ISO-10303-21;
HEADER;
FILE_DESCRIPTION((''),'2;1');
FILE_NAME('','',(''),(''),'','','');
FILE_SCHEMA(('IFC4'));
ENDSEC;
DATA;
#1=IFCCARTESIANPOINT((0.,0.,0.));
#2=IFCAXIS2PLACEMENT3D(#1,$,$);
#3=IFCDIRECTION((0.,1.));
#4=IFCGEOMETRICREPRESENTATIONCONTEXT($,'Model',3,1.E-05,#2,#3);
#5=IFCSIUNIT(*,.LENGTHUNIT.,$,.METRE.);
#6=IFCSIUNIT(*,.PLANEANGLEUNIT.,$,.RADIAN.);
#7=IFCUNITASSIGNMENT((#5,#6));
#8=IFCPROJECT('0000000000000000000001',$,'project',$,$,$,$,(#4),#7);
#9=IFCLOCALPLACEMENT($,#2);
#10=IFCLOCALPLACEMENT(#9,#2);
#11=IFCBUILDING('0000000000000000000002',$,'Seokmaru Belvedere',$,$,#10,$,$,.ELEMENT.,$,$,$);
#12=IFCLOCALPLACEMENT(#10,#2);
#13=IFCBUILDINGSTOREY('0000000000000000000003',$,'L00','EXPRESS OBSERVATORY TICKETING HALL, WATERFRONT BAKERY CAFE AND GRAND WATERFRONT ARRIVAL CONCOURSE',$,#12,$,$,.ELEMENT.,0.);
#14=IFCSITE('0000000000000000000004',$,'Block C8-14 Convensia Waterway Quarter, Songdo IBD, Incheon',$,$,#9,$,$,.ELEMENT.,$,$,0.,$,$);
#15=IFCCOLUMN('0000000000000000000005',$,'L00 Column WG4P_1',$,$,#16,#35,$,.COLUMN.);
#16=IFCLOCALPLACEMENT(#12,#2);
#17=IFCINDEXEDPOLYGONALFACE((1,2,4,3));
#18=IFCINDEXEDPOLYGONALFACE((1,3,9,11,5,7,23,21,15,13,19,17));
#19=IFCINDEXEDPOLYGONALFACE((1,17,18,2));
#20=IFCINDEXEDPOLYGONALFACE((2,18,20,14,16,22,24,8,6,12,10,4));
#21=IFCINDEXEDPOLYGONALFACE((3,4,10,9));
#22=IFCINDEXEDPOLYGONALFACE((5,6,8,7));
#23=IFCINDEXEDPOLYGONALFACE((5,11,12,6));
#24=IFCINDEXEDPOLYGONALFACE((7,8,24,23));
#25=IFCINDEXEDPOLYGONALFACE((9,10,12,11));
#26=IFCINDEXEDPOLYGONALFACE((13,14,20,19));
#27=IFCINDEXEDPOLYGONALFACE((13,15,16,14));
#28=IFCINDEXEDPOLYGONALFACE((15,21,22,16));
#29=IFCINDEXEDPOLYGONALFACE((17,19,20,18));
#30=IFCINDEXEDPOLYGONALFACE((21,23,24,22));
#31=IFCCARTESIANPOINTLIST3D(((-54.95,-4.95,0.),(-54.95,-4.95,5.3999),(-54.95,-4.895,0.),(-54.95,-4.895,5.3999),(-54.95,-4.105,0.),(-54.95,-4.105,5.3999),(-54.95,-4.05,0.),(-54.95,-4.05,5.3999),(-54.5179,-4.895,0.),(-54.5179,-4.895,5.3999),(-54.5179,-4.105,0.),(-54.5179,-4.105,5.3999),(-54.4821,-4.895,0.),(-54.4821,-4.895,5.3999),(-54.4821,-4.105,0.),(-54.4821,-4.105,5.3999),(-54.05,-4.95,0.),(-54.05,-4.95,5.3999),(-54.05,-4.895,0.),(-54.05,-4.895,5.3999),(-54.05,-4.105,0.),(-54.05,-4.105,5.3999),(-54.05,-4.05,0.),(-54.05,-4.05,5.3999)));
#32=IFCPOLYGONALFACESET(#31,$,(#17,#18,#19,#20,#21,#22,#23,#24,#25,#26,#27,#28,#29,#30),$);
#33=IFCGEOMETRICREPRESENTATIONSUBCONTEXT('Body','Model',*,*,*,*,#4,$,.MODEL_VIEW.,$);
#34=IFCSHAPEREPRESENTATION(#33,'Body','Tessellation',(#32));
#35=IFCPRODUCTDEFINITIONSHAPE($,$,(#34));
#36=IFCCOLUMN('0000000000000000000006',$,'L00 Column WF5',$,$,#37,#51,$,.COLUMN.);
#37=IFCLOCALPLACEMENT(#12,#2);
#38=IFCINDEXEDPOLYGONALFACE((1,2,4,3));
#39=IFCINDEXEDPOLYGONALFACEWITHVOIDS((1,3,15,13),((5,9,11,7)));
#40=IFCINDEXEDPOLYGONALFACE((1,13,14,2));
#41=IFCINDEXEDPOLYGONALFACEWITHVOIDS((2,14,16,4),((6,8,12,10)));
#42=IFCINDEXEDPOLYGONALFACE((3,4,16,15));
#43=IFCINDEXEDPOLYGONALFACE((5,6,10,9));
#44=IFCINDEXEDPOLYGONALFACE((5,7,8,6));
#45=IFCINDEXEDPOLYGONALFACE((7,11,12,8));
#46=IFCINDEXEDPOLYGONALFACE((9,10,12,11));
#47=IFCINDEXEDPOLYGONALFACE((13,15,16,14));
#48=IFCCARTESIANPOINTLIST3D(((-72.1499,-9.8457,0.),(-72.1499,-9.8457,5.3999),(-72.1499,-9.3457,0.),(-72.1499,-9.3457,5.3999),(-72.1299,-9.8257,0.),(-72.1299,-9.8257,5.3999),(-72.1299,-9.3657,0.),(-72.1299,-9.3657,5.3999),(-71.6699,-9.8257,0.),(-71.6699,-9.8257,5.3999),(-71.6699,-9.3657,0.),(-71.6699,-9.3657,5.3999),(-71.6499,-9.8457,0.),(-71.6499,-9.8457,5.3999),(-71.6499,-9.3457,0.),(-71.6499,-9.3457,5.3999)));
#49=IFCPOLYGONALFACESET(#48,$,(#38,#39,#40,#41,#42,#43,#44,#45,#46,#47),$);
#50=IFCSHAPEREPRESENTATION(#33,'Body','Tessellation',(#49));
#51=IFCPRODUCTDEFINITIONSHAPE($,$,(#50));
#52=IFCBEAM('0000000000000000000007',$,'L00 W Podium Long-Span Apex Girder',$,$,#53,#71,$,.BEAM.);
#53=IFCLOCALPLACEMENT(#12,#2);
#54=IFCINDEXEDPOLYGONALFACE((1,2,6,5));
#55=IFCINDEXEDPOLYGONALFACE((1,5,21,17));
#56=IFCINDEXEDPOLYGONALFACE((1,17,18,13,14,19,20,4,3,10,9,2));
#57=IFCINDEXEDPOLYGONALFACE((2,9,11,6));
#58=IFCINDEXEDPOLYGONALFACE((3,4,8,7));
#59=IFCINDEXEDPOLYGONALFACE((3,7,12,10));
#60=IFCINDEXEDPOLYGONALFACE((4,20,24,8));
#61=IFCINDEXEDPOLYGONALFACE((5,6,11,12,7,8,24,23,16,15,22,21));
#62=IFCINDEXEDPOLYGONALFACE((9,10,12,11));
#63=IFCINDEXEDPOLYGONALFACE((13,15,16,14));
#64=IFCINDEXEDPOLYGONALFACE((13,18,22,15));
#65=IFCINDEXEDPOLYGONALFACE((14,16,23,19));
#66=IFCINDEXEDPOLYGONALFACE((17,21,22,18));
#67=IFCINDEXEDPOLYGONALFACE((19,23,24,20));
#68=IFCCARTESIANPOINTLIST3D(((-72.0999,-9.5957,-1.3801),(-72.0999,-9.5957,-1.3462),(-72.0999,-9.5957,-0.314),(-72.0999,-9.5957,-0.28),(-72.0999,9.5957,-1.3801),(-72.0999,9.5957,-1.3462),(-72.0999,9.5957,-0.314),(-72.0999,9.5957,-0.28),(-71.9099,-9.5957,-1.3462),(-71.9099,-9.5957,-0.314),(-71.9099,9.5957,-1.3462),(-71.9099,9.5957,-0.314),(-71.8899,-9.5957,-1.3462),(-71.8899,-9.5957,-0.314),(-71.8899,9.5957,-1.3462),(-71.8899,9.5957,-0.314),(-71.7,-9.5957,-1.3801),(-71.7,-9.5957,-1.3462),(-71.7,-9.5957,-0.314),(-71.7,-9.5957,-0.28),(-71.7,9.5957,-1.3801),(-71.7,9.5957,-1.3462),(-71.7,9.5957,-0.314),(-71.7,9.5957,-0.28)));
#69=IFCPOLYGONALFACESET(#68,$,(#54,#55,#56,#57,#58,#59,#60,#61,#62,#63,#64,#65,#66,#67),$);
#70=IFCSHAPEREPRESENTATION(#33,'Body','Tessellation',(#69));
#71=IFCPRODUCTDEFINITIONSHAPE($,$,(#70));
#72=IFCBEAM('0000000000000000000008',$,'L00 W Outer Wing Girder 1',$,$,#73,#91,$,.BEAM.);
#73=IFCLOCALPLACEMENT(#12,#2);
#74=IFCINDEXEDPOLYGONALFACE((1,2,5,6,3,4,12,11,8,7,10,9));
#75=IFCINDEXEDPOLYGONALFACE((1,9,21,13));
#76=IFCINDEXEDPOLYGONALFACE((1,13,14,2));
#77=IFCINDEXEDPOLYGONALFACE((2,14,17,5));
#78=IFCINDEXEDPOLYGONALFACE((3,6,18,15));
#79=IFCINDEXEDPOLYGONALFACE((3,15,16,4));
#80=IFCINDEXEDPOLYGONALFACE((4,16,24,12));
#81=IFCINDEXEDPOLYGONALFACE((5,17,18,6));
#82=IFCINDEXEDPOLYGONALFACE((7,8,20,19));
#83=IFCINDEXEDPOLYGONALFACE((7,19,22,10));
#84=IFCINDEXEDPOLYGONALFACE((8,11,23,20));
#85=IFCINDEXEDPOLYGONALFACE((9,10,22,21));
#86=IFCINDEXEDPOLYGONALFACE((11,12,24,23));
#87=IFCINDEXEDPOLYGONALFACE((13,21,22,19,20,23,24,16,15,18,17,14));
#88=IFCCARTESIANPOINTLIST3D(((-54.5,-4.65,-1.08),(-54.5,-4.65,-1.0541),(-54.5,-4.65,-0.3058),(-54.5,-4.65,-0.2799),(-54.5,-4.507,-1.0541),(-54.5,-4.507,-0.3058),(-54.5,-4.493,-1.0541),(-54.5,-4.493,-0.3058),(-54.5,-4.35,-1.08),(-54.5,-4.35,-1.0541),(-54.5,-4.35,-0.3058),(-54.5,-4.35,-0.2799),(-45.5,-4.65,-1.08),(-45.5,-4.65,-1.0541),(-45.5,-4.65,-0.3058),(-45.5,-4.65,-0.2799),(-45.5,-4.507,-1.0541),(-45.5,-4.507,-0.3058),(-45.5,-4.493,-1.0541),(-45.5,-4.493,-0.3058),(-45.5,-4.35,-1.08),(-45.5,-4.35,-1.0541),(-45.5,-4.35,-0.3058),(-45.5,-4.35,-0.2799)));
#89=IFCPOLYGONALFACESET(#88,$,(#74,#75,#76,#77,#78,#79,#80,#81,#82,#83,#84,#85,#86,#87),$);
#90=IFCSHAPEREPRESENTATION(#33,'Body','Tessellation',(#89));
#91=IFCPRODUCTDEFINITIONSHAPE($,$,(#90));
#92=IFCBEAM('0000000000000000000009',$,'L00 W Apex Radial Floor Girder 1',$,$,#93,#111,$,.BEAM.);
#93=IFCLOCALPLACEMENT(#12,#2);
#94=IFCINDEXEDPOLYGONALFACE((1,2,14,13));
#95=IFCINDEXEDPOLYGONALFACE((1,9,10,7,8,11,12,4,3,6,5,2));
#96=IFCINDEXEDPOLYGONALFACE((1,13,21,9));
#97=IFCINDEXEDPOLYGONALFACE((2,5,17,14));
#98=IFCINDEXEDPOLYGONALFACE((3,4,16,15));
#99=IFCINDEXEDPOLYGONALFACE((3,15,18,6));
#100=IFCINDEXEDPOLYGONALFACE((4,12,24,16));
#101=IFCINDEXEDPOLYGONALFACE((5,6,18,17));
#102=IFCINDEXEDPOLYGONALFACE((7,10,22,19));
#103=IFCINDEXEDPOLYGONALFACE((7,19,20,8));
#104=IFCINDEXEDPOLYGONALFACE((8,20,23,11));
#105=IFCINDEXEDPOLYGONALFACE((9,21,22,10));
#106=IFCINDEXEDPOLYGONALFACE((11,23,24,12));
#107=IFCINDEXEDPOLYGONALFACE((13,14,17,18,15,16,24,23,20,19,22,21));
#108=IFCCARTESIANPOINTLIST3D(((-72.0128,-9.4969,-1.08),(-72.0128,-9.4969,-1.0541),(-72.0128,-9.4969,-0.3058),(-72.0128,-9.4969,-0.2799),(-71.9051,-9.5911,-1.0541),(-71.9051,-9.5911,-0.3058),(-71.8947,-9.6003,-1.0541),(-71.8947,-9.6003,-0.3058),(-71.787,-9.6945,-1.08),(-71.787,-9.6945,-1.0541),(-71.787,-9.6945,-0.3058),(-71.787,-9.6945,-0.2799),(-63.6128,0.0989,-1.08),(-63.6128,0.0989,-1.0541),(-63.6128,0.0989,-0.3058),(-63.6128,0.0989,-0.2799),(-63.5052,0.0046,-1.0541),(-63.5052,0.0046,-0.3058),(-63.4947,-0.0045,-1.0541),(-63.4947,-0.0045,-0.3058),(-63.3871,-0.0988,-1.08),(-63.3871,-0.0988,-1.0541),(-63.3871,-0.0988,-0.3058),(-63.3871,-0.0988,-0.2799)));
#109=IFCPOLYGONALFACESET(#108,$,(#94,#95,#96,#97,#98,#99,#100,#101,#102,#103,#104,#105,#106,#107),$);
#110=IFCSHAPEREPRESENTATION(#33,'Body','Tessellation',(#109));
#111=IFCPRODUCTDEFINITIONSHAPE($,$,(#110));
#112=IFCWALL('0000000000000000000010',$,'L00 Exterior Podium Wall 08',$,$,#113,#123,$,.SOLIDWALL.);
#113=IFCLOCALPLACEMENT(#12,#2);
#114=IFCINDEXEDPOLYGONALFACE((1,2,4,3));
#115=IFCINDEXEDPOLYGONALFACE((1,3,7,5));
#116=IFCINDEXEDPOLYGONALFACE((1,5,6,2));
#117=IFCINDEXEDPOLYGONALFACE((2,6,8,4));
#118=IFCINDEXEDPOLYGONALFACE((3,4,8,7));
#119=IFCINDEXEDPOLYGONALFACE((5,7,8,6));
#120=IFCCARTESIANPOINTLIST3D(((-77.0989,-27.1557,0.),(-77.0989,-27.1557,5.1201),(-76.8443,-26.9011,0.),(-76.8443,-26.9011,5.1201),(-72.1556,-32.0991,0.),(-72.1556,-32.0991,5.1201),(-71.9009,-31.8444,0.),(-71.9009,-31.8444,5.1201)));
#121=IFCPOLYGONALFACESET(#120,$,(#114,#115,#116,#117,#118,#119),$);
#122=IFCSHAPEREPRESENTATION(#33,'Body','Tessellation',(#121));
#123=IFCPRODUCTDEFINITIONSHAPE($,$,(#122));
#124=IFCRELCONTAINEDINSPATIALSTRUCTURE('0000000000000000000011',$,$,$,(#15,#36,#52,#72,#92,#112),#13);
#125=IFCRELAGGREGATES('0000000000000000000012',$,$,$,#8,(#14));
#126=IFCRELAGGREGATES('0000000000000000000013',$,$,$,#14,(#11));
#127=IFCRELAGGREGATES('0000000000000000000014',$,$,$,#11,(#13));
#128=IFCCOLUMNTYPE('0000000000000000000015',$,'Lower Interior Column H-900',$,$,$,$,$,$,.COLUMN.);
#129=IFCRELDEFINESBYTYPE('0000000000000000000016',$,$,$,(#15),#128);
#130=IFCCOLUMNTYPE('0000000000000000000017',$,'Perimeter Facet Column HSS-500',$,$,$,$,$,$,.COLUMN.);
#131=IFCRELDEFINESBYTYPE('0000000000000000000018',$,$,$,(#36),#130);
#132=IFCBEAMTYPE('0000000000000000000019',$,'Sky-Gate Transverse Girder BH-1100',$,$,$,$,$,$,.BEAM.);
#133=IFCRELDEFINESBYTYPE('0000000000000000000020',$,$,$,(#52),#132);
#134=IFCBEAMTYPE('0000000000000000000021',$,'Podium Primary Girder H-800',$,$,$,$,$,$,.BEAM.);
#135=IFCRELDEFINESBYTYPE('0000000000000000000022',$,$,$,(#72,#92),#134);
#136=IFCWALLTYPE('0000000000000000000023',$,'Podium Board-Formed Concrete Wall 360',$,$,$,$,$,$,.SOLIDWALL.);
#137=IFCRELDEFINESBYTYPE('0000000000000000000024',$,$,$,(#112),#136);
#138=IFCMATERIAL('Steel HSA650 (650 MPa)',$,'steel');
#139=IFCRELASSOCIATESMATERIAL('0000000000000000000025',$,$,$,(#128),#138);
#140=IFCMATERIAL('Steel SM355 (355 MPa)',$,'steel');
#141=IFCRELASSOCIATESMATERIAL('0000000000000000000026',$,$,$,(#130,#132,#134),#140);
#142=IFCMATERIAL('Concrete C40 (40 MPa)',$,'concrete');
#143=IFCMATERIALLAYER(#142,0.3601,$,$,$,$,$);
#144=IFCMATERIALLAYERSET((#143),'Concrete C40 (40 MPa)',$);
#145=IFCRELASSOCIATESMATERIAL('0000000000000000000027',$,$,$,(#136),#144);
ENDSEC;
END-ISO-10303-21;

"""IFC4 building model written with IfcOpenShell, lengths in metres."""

from ifc_helpers import new_model, si_unit, direction, frame, frame_2d, origin, origin_2d, place, context, subcontext, project, spatial, rectangle, hollow_rectangle, i_section, extrude, source, transform, mapped, material, layer, layer_set, material_profile, profile_set, type_object, type_shapes, element, save


model = new_model("IFC4")

# Units and contexts
model_context = context("Model", 3, precision=1e-05, world=origin(), true_north=direction((0.0, 1.0)))
body_context = subcontext(model_context, "Body", "Model", "MODEL_VIEW")
ifc_project = project(units=[si_unit("LENGTHUNIT", "METRE"), si_unit("PLANEANGLEUNIT", "RADIAN")], contexts=[model_context])

# Site, building, storey
site_placement = place(None, origin())
site = spatial("IfcSite", under=ifc_project, at=site_placement, Name="Block C8-14 Convensia Waterway Quarter, Songdo IBD, Incheon", CompositionType="ELEMENT", RefElevation=0.0)
building_placement = place(site_placement, origin())
building = spatial("IfcBuilding", under=site, at=building_placement, Name="Seokmaru Belvedere", CompositionType="ELEMENT")
storey_placement = place(building_placement, origin())
storey = spatial("IfcBuildingStorey", under=building, at=storey_placement, Name="L00", Description="EXPRESS OBSERVATORY TICKETING HALL, WATERFRONT BAKERY CAFE AND GRAND WATERFRONT ARRIVAL CONCOURSE", CompositionType="ELEMENT", Elevation=0.0)

# Columns
ifc_material_1 = material(Name="Steel HSA650 (650 MPa)", Category="steel")
ifc_material_profile_1 = material_profile(ifc_material_1, i_section(OverallWidth=0.8999, OverallDepth=0.8999, WebThickness=0.0359, FlangeThickness=0.0549, at=origin_2d()), Name="H-900x900x36x55")
ifc_profile_set_1 = profile_set([ifc_material_profile_1], Name="Steel HSA650 (650 MPa)")
column_type_1 = type_object("IfcColumnType", Name="Lower Interior Column H-900", PredefinedType="COLUMN", material=ifc_profile_set_1)
shared_shape_1 = source(origin(), body_context, "Body", "SweptSolid", [
    extrude(i_section(OverallWidth=0.8999, OverallDepth=0.8999, WebThickness=0.0359, FlangeThickness=0.0549, at=origin_2d()), origin(), (0.0, 0.0, 1.0), 5.3999),
])
type_shapes(column_type_1, [shared_shape_1])
column_1_placement = place(storey_placement, frame((-54.5, -4.5, 0.0), z_axis=(0.0, 0.0, 1.0), x_axis=(1.0, 0.0, 0.0)))
element("IfcColumn", 1, at=column_1_placement, inside=storey, type_object=column_type_1, Name="L00 Column WG4P_1", PredefinedType="COLUMN", context=body_context, shape_type="MappedRepresentation", body=[
    mapped(shared_shape_1, transform((0.0, 0.0, 0.0), scale=1.0)),
])
ifc_material_2 = material(Name="Steel SM355 (355 MPa)", Category="steel")
ifc_material_profile_2 = material_profile(ifc_material_2, hollow_rectangle(XDim=0.5, YDim=0.5, WallThickness=0.02, at=origin_2d()), Name="HSS-500x500x20")
ifc_profile_set_2 = profile_set([ifc_material_profile_2], Name="Steel SM355 (355 MPa)")
column_type_2 = type_object("IfcColumnType", Name="Perimeter Facet Column HSS-500", PredefinedType="COLUMN", material=ifc_profile_set_2)
shared_shape_2 = source(origin(), body_context, "Body", "SweptSolid", [
    extrude(hollow_rectangle(XDim=0.5, YDim=0.5, WallThickness=0.02, at=origin_2d()), origin(), (0.0, 0.0, 1.0), 5.3999),
])
type_shapes(column_type_2, [shared_shape_2])
column_2_placement = place(storey_placement, frame((-71.8999, -9.5957, 0.0), z_axis=(0.0, 0.0, 1.0), x_axis=(1.0, 0.0, 0.0)))
element("IfcColumn", 2, at=column_2_placement, inside=storey, type_object=column_type_2, Name="L00 Column WF5", PredefinedType="COLUMN", context=body_context, shape_type="MappedRepresentation", body=[
    mapped(shared_shape_2, transform((0.0, 0.0, 0.0), scale=1.0)),
])

# Beams
ifc_material_profile_3 = material_profile(ifc_material_2, i_section(OverallWidth=0.3999, OverallDepth=1.1001, WebThickness=0.02, FlangeThickness=0.0339, at=origin_2d()), Name="BH-1100x400x20x34")
ifc_profile_set_3 = profile_set([ifc_material_profile_3], Name="Steel SM355 (355 MPa)")
beam_type_1 = type_object("IfcBeamType", Name="Sky-Gate Transverse Girder BH-1100", PredefinedType="BEAM", material=ifc_profile_set_3)
shared_shape_3 = source(origin(), body_context, "Body", "SweptSolid", [
    extrude(i_section(OverallWidth=0.3999, OverallDepth=1.1001, WebThickness=0.02, FlangeThickness=0.0339, at=origin_2d()), origin(), (0.0, 0.0, 1.0), 19.1914),
])
type_shapes(beam_type_1, [shared_shape_3])
beam_1_placement = place(storey_placement, frame((-71.8999, -9.5957, -0.8301), z_axis=(0.0, 1.0, 0.0), x_axis=(-1.0, 0.0, 0.0)))
element("IfcBeam", 3, at=beam_1_placement, inside=storey, type_object=beam_type_1, Name="L00 W Podium Long-Span Apex Girder", PredefinedType="BEAM", context=body_context, shape_type="MappedRepresentation", body=[
    mapped(shared_shape_3, transform((0.0, 0.0, 0.0), scale=1.0)),
])
ifc_material_profile_4 = material_profile(ifc_material_2, i_section(OverallWidth=0.3, OverallDepth=0.8, WebThickness=0.0139, FlangeThickness=0.0259, at=origin_2d()), Name="H-800x300x14x26")
ifc_profile_set_4 = profile_set([ifc_material_profile_4], Name="Steel SM355 (355 MPa)")
beam_type_2 = type_object("IfcBeamType", Name="Podium Primary Girder H-800", PredefinedType="BEAM", material=ifc_profile_set_4)
shared_shape_4 = source(origin(), body_context, "Body", "SweptSolid", [
    extrude(i_section(OverallWidth=0.3, OverallDepth=0.8, WebThickness=0.0139, FlangeThickness=0.0259, at=origin_2d()), origin(), (0.0, 0.0, 1.0), 9.0),
])
beam_2_placement = place(storey_placement, frame((-54.5, -4.5, -0.6799), z_axis=(1.0, 0.0, 0.0), x_axis=(0.0, 1.0, 0.0)))
element("IfcBeam", 4, at=beam_2_placement, inside=storey, type_object=beam_type_2, Name="L00 W Outer Wing Girder 1", PredefinedType="BEAM", context=body_context, shape_type="MappedRepresentation", body=[
    mapped(shared_shape_4, transform((0.0, 0.0, 0.0), scale=1.0)),
])
shared_shape_5 = source(origin(), body_context, "Body", "SweptSolid", [
    extrude(i_section(OverallWidth=0.3, OverallDepth=0.8, WebThickness=0.0139, FlangeThickness=0.0259, at=origin_2d()), origin(), (0.0, 0.0, 1.0), 12.7529),
])
type_shapes(beam_type_2, [shared_shape_4, shared_shape_5])
beam_3_placement = place(storey_placement, frame((-71.8999, -9.5957, -0.6799), z_axis=(0.658667, 0.752434, 0.0), x_axis=(-0.752434, 0.658667, 0.0)))
element("IfcBeam", 5, at=beam_3_placement, inside=storey, type_object=beam_type_2, Name="L00 W Apex Radial Floor Girder 1", PredefinedType="BEAM", context=body_context, shape_type="MappedRepresentation", body=[
    mapped(shared_shape_5, transform((0.0, 0.0, 0.0), scale=1.0)),
])

# Shared definitions
ifc_material_3 = material(Name="Concrete C40 (40 MPa)", Category="concrete")
ifc_layer = layer(ifc_material_3, 0.3601)
ifc_layer_set = layer_set([ifc_layer], Name="Concrete C40 (40 MPa)")
wall_type = type_object("IfcWallType", Name="Podium Board-Formed Concrete Wall 360", PredefinedType="SOLIDWALL", material=ifc_layer_set)

# Wall
wall_1_placement = place(storey_placement, frame((-76.9717, -27.0283, 0.0), z_axis=(0.0, 0.0, 1.0), x_axis=(0.707107, -0.707107, 0.0)))
element("IfcWall", 6, at=wall_1_placement, inside=storey, type_object=wall_type, Name="L00 Exterior Podium Wall 08", PredefinedType="SOLIDWALL", context=body_context, shape_type="SweptSolid", body=[
    extrude(rectangle(XDim=6.991, YDim=0.3601, at=frame_2d((3.4956, 0.0))), origin(), (0.0, 0.0, 1.0), 5.1201),
])

save(model, "model.ifc")
